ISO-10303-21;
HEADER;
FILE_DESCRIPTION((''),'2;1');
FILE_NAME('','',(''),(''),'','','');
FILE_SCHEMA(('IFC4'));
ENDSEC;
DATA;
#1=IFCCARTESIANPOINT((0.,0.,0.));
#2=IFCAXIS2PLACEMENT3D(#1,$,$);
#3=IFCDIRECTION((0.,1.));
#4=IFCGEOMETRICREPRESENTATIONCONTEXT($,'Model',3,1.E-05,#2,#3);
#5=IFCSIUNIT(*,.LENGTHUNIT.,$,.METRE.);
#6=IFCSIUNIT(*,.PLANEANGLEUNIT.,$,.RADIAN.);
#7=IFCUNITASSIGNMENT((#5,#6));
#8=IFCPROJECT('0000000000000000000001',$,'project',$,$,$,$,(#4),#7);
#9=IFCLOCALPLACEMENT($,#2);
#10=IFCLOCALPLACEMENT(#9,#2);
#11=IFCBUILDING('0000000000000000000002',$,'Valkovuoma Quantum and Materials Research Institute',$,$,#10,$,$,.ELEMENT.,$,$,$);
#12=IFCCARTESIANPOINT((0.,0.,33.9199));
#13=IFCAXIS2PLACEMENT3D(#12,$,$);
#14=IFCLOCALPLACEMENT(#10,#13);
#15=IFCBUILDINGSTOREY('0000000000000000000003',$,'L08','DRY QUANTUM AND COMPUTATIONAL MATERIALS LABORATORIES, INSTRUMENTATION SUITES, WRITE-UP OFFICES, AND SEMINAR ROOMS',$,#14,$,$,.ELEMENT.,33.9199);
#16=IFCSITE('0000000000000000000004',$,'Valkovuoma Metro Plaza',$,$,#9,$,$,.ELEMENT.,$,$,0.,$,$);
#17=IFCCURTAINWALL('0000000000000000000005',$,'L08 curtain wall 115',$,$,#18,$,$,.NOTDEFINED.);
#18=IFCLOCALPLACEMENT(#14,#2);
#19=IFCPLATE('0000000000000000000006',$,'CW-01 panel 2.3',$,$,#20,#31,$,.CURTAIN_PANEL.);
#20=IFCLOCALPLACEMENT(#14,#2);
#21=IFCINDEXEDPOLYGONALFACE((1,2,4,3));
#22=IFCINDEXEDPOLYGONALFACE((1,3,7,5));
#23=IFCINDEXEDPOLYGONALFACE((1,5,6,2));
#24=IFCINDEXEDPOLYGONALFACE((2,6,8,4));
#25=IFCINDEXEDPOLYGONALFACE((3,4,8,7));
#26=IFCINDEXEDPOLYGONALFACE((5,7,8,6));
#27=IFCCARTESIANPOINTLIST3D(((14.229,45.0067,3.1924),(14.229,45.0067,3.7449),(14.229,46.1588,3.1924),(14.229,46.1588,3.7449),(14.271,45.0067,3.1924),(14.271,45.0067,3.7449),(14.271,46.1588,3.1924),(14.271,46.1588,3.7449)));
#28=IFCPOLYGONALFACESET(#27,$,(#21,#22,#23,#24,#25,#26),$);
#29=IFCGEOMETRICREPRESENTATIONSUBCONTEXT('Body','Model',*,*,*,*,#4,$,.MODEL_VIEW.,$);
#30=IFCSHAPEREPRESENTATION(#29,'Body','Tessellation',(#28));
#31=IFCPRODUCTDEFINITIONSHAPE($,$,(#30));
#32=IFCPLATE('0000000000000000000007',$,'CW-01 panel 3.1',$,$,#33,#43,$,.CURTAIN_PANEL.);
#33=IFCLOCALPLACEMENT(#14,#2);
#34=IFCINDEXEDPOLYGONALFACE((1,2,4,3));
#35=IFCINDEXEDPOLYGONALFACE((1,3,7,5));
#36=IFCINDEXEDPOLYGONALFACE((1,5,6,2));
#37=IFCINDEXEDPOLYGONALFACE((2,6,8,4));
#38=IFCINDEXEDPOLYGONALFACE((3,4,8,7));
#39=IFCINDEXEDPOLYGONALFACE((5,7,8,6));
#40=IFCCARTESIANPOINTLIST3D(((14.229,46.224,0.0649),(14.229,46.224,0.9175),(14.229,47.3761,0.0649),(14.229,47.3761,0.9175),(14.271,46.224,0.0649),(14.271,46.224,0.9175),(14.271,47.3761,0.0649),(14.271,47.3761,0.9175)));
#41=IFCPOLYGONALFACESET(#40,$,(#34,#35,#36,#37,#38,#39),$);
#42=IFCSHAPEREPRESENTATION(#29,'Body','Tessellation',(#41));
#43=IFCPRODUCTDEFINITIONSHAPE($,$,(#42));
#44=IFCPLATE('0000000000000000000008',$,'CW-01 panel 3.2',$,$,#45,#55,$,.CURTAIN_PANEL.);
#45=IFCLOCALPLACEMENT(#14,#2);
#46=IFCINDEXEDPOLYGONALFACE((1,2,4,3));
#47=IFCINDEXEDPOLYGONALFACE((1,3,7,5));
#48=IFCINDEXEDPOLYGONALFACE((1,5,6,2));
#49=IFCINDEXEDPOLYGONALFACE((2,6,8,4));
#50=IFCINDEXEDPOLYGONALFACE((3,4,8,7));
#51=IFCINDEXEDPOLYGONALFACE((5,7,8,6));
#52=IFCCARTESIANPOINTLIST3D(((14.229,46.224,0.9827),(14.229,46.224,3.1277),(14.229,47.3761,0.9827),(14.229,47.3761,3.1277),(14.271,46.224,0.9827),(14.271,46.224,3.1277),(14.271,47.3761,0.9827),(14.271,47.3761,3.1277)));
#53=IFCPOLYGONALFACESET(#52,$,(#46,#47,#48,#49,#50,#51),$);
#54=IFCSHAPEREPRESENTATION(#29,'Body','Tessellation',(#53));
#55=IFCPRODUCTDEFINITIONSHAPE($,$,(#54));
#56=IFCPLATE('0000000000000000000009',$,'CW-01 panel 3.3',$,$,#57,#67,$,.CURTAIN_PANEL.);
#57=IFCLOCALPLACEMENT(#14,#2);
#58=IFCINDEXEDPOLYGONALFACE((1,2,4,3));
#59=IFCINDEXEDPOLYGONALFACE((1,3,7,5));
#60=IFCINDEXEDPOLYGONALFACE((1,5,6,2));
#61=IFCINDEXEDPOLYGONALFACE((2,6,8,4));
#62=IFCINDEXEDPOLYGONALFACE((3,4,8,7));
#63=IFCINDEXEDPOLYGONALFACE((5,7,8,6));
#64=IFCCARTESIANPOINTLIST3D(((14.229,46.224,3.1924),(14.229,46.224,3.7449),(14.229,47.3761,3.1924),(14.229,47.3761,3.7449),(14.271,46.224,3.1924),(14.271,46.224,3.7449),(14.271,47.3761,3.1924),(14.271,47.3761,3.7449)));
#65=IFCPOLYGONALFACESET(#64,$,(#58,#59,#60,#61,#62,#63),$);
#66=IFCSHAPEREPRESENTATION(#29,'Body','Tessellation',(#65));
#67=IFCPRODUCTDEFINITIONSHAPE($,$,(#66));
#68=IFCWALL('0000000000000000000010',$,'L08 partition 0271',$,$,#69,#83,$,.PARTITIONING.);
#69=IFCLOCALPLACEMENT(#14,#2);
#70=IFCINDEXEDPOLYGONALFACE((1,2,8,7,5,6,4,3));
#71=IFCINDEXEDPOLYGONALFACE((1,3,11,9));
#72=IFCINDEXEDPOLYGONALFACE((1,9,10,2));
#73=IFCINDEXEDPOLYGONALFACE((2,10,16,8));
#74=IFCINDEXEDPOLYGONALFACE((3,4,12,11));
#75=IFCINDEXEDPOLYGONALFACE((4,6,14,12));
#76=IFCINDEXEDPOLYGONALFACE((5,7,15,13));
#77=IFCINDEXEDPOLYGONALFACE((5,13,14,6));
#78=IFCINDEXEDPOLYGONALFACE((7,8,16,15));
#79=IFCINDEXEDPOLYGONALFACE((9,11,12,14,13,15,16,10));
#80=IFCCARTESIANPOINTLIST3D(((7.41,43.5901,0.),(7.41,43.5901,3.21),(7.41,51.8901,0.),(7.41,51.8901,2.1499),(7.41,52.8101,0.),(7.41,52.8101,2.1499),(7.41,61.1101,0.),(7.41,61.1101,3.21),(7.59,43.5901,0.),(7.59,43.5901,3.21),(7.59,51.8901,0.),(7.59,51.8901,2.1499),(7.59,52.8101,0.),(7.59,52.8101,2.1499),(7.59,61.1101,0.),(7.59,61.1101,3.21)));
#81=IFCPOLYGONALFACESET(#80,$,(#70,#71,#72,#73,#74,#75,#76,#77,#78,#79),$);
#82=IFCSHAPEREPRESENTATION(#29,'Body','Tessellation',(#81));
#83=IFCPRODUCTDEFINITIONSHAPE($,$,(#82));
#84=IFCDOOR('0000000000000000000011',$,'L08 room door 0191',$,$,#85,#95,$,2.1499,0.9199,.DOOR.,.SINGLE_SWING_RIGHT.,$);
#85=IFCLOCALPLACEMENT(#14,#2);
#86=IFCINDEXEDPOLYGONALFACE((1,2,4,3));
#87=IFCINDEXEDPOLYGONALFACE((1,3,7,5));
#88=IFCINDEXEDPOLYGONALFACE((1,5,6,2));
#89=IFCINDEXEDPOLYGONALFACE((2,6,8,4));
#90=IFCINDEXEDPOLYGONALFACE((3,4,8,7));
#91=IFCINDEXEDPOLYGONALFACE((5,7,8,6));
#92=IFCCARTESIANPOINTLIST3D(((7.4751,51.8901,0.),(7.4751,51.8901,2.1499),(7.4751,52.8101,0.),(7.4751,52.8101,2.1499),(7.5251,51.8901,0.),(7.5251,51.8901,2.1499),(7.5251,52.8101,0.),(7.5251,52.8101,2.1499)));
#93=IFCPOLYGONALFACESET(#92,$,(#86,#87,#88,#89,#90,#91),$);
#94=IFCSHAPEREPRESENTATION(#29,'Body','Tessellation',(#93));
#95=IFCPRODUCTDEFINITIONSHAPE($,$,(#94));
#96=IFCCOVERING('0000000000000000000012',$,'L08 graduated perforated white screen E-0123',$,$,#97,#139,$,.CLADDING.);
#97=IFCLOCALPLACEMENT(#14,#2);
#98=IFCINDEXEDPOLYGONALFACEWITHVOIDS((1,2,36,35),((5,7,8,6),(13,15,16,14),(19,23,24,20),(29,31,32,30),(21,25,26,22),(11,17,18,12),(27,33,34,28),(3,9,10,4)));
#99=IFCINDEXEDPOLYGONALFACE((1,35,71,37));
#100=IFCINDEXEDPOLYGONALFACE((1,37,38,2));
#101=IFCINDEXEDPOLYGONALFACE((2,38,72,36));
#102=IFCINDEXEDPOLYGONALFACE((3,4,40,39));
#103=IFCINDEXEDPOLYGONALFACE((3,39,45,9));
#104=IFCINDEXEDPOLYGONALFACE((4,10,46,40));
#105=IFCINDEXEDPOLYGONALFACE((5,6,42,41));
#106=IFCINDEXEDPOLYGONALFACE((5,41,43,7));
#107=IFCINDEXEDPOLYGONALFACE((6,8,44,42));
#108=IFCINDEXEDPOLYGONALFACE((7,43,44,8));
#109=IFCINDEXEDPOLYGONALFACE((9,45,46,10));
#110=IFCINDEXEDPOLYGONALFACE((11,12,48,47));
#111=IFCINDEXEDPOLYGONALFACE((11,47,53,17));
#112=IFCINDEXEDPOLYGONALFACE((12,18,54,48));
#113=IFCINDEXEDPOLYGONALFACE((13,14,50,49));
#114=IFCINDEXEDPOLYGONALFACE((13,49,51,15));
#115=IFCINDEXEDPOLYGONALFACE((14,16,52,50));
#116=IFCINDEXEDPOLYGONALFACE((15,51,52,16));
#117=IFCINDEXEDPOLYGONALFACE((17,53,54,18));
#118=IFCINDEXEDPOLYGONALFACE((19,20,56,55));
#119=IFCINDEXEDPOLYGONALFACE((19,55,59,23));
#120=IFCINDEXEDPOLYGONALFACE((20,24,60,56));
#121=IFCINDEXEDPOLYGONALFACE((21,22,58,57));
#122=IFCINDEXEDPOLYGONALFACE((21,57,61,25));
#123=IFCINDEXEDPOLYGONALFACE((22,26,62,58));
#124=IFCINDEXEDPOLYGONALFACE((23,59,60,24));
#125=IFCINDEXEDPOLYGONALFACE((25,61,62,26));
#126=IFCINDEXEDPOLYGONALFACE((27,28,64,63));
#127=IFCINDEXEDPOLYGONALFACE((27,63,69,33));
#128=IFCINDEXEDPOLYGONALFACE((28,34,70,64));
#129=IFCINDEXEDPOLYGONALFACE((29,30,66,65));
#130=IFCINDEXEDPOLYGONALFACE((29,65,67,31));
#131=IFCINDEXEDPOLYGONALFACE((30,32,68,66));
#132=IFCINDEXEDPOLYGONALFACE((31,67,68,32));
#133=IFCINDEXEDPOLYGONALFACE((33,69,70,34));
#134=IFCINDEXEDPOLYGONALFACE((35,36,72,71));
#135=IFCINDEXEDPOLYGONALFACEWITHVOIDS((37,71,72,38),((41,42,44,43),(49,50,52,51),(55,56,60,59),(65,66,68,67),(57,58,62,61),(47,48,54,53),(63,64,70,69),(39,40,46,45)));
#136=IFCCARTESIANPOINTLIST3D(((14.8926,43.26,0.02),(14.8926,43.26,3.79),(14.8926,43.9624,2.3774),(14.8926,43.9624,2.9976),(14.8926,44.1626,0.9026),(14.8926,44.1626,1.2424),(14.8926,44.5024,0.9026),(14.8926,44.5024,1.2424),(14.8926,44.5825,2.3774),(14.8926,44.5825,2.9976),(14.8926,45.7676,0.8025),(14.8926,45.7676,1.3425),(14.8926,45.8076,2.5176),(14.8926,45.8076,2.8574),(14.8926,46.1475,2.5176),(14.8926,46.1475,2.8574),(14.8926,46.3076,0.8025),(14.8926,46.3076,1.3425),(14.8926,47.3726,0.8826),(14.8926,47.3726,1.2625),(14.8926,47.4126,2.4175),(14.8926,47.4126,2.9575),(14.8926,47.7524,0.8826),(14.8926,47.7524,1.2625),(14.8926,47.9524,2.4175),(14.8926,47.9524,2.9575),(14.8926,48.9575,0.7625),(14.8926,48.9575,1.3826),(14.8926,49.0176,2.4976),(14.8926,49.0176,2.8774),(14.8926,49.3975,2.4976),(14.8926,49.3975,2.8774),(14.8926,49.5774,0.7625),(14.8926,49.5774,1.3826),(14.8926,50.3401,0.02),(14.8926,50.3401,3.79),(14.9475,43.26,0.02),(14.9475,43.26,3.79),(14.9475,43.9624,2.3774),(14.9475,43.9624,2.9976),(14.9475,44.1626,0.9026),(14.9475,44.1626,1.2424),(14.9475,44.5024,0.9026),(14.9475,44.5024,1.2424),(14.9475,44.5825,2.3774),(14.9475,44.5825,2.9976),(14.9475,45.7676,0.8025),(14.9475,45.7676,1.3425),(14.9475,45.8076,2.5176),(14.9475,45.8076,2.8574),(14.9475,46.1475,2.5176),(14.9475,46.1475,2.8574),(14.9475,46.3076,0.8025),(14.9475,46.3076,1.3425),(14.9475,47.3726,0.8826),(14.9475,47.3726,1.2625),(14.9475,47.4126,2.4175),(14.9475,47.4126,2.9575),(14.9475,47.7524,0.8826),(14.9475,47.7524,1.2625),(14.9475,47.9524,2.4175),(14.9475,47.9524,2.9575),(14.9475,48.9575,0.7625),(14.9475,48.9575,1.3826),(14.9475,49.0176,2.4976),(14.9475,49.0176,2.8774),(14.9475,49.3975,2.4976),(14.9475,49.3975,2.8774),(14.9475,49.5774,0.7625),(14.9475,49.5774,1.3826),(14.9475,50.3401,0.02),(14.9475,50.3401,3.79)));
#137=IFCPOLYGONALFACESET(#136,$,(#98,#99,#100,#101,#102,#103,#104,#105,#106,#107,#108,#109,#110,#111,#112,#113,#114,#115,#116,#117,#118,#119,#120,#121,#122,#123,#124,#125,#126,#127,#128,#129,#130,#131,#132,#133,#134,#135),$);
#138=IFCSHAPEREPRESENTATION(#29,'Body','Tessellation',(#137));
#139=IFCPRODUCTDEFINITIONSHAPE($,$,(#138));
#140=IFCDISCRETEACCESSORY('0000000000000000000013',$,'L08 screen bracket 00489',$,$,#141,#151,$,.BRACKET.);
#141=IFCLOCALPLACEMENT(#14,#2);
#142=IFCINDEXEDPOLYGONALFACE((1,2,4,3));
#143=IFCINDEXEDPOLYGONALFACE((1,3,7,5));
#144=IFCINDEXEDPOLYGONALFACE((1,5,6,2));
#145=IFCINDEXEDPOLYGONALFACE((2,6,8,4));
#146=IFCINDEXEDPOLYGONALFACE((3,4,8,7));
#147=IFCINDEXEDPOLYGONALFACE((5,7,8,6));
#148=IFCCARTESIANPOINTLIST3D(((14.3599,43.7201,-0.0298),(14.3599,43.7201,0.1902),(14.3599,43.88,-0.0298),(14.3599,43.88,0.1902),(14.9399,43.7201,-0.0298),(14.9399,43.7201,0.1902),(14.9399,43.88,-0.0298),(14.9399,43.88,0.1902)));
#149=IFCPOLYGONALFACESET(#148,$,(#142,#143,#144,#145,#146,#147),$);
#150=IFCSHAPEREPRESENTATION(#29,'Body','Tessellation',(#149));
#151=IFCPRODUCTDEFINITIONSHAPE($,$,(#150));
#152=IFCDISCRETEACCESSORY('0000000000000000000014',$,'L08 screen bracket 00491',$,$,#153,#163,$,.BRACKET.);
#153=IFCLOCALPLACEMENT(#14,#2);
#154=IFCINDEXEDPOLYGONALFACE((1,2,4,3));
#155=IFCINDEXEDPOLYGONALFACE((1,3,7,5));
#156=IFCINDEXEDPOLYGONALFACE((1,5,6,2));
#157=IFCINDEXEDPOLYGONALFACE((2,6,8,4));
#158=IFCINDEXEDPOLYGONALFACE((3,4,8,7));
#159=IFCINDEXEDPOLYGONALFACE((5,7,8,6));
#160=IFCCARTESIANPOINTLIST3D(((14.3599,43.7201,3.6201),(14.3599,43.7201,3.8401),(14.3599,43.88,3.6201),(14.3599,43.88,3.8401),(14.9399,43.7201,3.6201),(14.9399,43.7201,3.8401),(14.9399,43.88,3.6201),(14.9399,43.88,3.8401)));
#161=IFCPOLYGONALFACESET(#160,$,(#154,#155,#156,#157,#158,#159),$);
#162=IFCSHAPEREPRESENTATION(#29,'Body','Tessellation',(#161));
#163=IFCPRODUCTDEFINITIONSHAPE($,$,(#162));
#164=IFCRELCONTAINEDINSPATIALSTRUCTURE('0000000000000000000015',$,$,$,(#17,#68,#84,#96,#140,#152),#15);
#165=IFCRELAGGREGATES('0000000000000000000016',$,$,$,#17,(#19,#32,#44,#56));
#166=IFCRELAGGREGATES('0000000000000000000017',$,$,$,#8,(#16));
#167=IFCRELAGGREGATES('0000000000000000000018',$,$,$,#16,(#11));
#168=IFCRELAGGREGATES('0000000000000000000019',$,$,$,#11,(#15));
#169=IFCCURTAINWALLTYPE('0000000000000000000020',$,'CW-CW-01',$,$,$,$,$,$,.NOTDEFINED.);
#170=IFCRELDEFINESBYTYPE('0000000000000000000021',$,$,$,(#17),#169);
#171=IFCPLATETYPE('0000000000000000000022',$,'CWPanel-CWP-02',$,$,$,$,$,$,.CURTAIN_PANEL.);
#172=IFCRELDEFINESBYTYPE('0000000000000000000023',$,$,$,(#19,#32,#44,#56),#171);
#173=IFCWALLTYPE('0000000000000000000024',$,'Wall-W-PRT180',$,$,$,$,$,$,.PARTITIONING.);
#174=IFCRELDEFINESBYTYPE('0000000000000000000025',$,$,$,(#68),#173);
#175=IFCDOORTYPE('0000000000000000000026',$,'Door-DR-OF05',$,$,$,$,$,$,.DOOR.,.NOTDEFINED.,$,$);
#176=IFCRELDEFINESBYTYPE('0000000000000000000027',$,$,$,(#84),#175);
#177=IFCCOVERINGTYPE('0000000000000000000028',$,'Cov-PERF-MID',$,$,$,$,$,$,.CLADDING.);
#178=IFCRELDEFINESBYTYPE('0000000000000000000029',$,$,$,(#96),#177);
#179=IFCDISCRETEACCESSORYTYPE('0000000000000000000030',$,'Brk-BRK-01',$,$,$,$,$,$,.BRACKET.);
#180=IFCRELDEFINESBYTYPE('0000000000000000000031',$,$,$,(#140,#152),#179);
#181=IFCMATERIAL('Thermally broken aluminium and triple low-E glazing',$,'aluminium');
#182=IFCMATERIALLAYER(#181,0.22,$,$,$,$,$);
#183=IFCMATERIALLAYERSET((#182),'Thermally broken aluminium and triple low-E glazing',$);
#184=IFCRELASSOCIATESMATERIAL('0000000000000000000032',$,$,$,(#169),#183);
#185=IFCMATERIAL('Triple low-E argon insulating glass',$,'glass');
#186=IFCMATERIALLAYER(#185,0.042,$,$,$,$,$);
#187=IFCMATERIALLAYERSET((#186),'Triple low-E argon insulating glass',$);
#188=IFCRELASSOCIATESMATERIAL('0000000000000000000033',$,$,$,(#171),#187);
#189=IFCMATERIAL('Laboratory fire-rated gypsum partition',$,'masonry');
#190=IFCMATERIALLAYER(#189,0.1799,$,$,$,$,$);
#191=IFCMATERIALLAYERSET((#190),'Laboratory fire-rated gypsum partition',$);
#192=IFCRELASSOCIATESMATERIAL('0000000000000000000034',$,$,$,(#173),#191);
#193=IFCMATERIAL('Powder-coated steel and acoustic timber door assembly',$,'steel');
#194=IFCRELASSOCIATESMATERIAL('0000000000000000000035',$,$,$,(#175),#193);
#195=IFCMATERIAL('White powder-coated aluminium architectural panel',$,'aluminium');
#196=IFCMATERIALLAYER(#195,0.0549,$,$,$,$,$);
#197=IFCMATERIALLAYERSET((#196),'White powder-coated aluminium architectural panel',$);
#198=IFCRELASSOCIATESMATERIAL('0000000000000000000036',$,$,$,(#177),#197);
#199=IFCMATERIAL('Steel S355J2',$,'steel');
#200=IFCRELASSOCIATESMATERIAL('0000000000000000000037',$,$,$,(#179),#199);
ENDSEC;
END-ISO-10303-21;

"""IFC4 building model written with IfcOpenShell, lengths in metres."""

from ifc_helpers import new_model, si_unit, direction, frame, frame_2d, origin, origin_2d, place, context, subcontext, project, spatial, polyline, rectangle, outline, extrude, material, layer, layer_set, type_object, element, fill, aggregate, save


model = new_model("IFC4")

# Units and contexts
model_context = context("Model", 3, precision=1e-05, world=origin(), true_north=direction((0.0, 1.0)))
body_context = subcontext(model_context, "Body", "Model", "MODEL_VIEW")
ifc_project = project(units=[si_unit("LENGTHUNIT", "METRE"), si_unit("PLANEANGLEUNIT", "RADIAN")], contexts=[model_context])

# Site, building, storey
site_placement = place(None, origin())
site = spatial("IfcSite", under=ifc_project, at=site_placement, Name="Valkovuoma Metro Plaza", CompositionType="ELEMENT", RefElevation=0.0)
building_placement = place(site_placement, origin())
building = spatial("IfcBuilding", under=site, at=building_placement, Name="Valkovuoma Quantum and Materials Research Institute", CompositionType="ELEMENT")
storey_placement = place(building_placement, frame((0.0, 0.0, 33.9199)))
storey = spatial("IfcBuildingStorey", under=building, at=storey_placement, Name="L08", Description="DRY QUANTUM AND COMPUTATIONAL MATERIALS LABORATORIES, INSTRUMENTATION SUITES, WRITE-UP OFFICES, AND SEMINAR ROOMS", CompositionType="ELEMENT", Elevation=33.9199)

# Curtain wall, plates
ifc_material_1 = material(Name="Thermally broken aluminium and triple low-E glazing", Category="aluminium")
ifc_layer_1 = layer(ifc_material_1, 0.22)
ifc_layer_set_1 = layer_set([ifc_layer_1], Name="Thermally broken aluminium and triple low-E glazing")
curtain_wall_type = type_object("IfcCurtainWallType", Name="CW-CW-01", PredefinedType="NOTDEFINED", material=ifc_layer_set_1)
curtain_wall_placement = place(storey_placement, origin())
curtain_wall = element("IfcCurtainWall", 1, at=curtain_wall_placement, inside=storey, type_object=curtain_wall_type, Name="L08 curtain wall 115", PredefinedType="NOTDEFINED")
ifc_material_2 = material(Name="Triple low-E argon insulating glass", Category="glass")
ifc_layer_2 = layer(ifc_material_2, 0.042)
ifc_layer_set_2 = layer_set([ifc_layer_2], Name="Triple low-E argon insulating glass")
plate_type = type_object("IfcPlateType", Name="CWPanel-CWP-02", PredefinedType="CURTAIN_PANEL", material=ifc_layer_set_2)
plate_1_placement = place(storey_placement, frame((14.25, 45.5828, 3.1924), z_axis=(0.0, 0.0, 1.0), x_axis=(0.0, 1.0, 0.0)))
plate_1 = element("IfcPlate", 2, at=plate_1_placement, type_object=plate_type, Name="CW-01 panel 2.3", PredefinedType="CURTAIN_PANEL", context=body_context, shape_type="SweptSolid", body=[
    extrude(rectangle(XDim=1.1521, YDim=0.042, at=origin_2d()), origin(), (0.0, 0.0, 1.0), 0.5525),
])
plate_2_placement = place(storey_placement, frame((14.25, 46.8, 0.0649), z_axis=(0.0, 0.0, 1.0), x_axis=(0.0, 1.0, 0.0)))
plate_2 = element("IfcPlate", 3, at=plate_2_placement, type_object=plate_type, Name="CW-01 panel 3.1", PredefinedType="CURTAIN_PANEL", context=body_context, shape_type="SweptSolid", body=[
    extrude(rectangle(XDim=1.1521, YDim=0.042, at=origin_2d()), origin(), (0.0, 0.0, 1.0), 0.8525),
])
plate_3_placement = place(storey_placement, frame((14.25, 46.8, 0.9827), z_axis=(0.0, 0.0, 1.0), x_axis=(0.0, 1.0, 0.0)))
plate_3 = element("IfcPlate", 4, at=plate_3_placement, type_object=plate_type, Name="CW-01 panel 3.2", PredefinedType="CURTAIN_PANEL", context=body_context, shape_type="SweptSolid", body=[
    extrude(rectangle(XDim=1.1521, YDim=0.042, at=origin_2d()), origin(), (0.0, 0.0, 1.0), 2.145),
])
plate_4_placement = place(storey_placement, frame((14.25, 46.8, 3.1924), z_axis=(0.0, 0.0, 1.0), x_axis=(0.0, 1.0, 0.0)))
plate_4 = element("IfcPlate", 5, at=plate_4_placement, type_object=plate_type, Name="CW-01 panel 3.3", PredefinedType="CURTAIN_PANEL", context=body_context, shape_type="SweptSolid", body=[
    extrude(rectangle(XDim=1.1521, YDim=0.042, at=origin_2d()), origin(), (0.0, 0.0, 1.0), 0.5525),
])
aggregate(curtain_wall, [plate_1, plate_2, plate_3, plate_4])

# Wall, opening, door
ifc_material_3 = material(Name="Laboratory fire-rated gypsum partition", Category="masonry")
ifc_layer_3 = layer(ifc_material_3, 0.1799)
ifc_layer_set_3 = layer_set([ifc_layer_3], Name="Laboratory fire-rated gypsum partition")
wall_type = type_object("IfcWallType", Name="Wall-W-PRT180", PredefinedType="PARTITIONING", material=ifc_layer_set_3)
wall_placement = place(storey_placement, frame((7.5, 43.5901, 0.0), z_axis=(0.0, 0.0, 1.0), x_axis=(0.0, 1.0, 0.0)))
wall = element("IfcWall", 6, at=wall_placement, inside=storey, type_object=wall_type, Name="L08 partition 0271", PredefinedType="PARTITIONING", context=body_context, shape_type="SweptSolid", body=[
    extrude(rectangle(XDim=17.52, YDim=0.1799, at=frame_2d((8.76, 0.0))), origin(), (0.0, 0.0, 1.0), 3.21),
])
opening_placement = place(wall_placement, frame((8.3, 0.0, 0.0)))
opening = element("IfcOpeningElement", 7, at=opening_placement, cuts=wall, PredefinedType="OPENING", context=body_context, shape_type="SweptSolid", body=[
    extrude(rectangle(XDim=0.9199, YDim=2.1499, at=frame_2d((0.46, 1.075))), frame((0.0, 0.1001, 0.0), z_axis=(0.0, -1.0, 0.0), x_axis=(1.0, 0.0, 0.0)), (0.0, 0.0, 1.0), 0.2),
])
ifc_material_4 = material(Name="Powder-coated steel and acoustic timber door assembly", Category="steel")
door_type = type_object("IfcDoorType", Name="Door-DR-OF05", OperationType="NOTDEFINED", PredefinedType="DOOR", material=ifc_material_4)
door_placement = place(opening_placement, origin())
door = element("IfcDoor", 8, at=door_placement, inside=storey, type_object=door_type, Name="L08 room door 0191", OperationType="SINGLE_SWING_RIGHT", OverallHeight=2.1499, OverallWidth=0.9199, PredefinedType="DOOR", context=body_context, shape_type="SweptSolid", body=[
    extrude(rectangle(XDim=0.9199, YDim=2.1499, at=frame_2d((0.46, 1.075))), frame((0.0, 0.0249, 0.0), z_axis=(0.0, -1.0, 0.0), x_axis=(1.0, 0.0, 0.0)), (0.0, 0.0, 1.0), 0.05),
])
fill(opening, door)

# Covering
ifc_material_5 = material(Name="White powder-coated aluminium architectural panel", Category="aluminium")
ifc_layer_4 = layer(ifc_material_5, 0.0549)
ifc_layer_set_4 = layer_set([ifc_layer_4], Name="White powder-coated aluminium architectural panel")
covering_type = type_object("IfcCoveringType", Name="Cov-PERF-MID", PredefinedType="CLADDING", material=ifc_layer_set_4)
covering_placement = place(storey_placement, frame((14.9199, 43.26, 0.02), z_axis=(0.0, 0.0, 1.0), x_axis=(0.0, 1.0, 0.0)))
element("IfcCovering", 9, at=covering_placement, inside=storey, type_object=covering_type, Name="L08 graduated perforated white screen E-0123", PredefinedType="CLADDING", context=body_context, shape_type="SweptSolid", body=[
    extrude(outline(polyline([(0.0, 0.0), (7.0801, 0.0), (7.0801, 3.77), (0.0, 3.77), (0.0, 0.0)]), holes=[polyline([(0.9026, 0.8826), (0.9026, 1.2224), (1.2424, 1.2224), (1.2424, 0.8826), (0.9026, 0.8826)]), polyline([(0.7024, 2.3574), (0.7024, 2.9775), (1.3225, 2.9775), (1.3225, 2.3574), (0.7024, 2.3574)]), polyline([(2.5076, 0.7825), (2.5076, 1.3225), (3.0476, 1.3225), (3.0476, 0.7825), (2.5076, 0.7825)]), polyline([(2.5476, 2.4976), (2.5476, 2.8374), (2.8875, 2.8374), (2.8875, 2.4976), (2.5476, 2.4976)]), polyline([(4.1125, 0.8625), (4.1125, 1.2424), (4.4924, 1.2424), (4.4924, 0.8625), (4.1125, 0.8625)]), polyline([(4.1526, 2.3975), (4.1526, 2.9375), (4.6924, 2.9375), (4.6924, 2.3975), (4.1526, 2.3975)]), polyline([(5.6975, 0.7424), (5.6975, 1.3625), (6.3174, 1.3625), (6.3174, 0.7424), (5.6975, 0.7424)]), polyline([(5.7576, 2.4775), (5.7576, 2.8574), (6.1375, 2.8574), (6.1375, 2.4775), (5.7576, 2.4775)])]), frame((0.0, 0.0273, 0.0), z_axis=(0.0, -1.0, 0.0), x_axis=(1.0, 0.0, 0.0)), (0.0, 0.0, 1.0), 0.0549),
])

# Discrete accessories
ifc_material_6 = material(Name="Steel S355J2", Category="steel")
discrete_accessory_type = type_object("IfcDiscreteAccessoryType", Name="Brk-BRK-01", PredefinedType="BRACKET", material=ifc_material_6)
for number, where, z_axis, x_axis, name in (
    (10, (14.6499, 43.8, -0.0298), (0.0, 0.0, 1.0), (1.0, 0.0, 0.0), "L08 screen bracket 00489"),
    (11, (14.6499, 43.8, 3.6201), (0.0, 0.0, 1.0), (1.0, 0.0, 0.0), "L08 screen bracket 00491"),
):
    element("IfcDiscreteAccessory", number, at=place(storey_placement, frame(where, z_axis=z_axis, x_axis=x_axis)), inside=storey, type_object=discrete_accessory_type, Name=name, PredefinedType="BRACKET", context=body_context, shape_type="SweptSolid", body=[
        extrude(rectangle(XDim=0.5801, YDim=0.1599, at=origin_2d()), origin(), (0.0, 0.0, 1.0), 0.22),
    ])

save(model, "model.ifc")
